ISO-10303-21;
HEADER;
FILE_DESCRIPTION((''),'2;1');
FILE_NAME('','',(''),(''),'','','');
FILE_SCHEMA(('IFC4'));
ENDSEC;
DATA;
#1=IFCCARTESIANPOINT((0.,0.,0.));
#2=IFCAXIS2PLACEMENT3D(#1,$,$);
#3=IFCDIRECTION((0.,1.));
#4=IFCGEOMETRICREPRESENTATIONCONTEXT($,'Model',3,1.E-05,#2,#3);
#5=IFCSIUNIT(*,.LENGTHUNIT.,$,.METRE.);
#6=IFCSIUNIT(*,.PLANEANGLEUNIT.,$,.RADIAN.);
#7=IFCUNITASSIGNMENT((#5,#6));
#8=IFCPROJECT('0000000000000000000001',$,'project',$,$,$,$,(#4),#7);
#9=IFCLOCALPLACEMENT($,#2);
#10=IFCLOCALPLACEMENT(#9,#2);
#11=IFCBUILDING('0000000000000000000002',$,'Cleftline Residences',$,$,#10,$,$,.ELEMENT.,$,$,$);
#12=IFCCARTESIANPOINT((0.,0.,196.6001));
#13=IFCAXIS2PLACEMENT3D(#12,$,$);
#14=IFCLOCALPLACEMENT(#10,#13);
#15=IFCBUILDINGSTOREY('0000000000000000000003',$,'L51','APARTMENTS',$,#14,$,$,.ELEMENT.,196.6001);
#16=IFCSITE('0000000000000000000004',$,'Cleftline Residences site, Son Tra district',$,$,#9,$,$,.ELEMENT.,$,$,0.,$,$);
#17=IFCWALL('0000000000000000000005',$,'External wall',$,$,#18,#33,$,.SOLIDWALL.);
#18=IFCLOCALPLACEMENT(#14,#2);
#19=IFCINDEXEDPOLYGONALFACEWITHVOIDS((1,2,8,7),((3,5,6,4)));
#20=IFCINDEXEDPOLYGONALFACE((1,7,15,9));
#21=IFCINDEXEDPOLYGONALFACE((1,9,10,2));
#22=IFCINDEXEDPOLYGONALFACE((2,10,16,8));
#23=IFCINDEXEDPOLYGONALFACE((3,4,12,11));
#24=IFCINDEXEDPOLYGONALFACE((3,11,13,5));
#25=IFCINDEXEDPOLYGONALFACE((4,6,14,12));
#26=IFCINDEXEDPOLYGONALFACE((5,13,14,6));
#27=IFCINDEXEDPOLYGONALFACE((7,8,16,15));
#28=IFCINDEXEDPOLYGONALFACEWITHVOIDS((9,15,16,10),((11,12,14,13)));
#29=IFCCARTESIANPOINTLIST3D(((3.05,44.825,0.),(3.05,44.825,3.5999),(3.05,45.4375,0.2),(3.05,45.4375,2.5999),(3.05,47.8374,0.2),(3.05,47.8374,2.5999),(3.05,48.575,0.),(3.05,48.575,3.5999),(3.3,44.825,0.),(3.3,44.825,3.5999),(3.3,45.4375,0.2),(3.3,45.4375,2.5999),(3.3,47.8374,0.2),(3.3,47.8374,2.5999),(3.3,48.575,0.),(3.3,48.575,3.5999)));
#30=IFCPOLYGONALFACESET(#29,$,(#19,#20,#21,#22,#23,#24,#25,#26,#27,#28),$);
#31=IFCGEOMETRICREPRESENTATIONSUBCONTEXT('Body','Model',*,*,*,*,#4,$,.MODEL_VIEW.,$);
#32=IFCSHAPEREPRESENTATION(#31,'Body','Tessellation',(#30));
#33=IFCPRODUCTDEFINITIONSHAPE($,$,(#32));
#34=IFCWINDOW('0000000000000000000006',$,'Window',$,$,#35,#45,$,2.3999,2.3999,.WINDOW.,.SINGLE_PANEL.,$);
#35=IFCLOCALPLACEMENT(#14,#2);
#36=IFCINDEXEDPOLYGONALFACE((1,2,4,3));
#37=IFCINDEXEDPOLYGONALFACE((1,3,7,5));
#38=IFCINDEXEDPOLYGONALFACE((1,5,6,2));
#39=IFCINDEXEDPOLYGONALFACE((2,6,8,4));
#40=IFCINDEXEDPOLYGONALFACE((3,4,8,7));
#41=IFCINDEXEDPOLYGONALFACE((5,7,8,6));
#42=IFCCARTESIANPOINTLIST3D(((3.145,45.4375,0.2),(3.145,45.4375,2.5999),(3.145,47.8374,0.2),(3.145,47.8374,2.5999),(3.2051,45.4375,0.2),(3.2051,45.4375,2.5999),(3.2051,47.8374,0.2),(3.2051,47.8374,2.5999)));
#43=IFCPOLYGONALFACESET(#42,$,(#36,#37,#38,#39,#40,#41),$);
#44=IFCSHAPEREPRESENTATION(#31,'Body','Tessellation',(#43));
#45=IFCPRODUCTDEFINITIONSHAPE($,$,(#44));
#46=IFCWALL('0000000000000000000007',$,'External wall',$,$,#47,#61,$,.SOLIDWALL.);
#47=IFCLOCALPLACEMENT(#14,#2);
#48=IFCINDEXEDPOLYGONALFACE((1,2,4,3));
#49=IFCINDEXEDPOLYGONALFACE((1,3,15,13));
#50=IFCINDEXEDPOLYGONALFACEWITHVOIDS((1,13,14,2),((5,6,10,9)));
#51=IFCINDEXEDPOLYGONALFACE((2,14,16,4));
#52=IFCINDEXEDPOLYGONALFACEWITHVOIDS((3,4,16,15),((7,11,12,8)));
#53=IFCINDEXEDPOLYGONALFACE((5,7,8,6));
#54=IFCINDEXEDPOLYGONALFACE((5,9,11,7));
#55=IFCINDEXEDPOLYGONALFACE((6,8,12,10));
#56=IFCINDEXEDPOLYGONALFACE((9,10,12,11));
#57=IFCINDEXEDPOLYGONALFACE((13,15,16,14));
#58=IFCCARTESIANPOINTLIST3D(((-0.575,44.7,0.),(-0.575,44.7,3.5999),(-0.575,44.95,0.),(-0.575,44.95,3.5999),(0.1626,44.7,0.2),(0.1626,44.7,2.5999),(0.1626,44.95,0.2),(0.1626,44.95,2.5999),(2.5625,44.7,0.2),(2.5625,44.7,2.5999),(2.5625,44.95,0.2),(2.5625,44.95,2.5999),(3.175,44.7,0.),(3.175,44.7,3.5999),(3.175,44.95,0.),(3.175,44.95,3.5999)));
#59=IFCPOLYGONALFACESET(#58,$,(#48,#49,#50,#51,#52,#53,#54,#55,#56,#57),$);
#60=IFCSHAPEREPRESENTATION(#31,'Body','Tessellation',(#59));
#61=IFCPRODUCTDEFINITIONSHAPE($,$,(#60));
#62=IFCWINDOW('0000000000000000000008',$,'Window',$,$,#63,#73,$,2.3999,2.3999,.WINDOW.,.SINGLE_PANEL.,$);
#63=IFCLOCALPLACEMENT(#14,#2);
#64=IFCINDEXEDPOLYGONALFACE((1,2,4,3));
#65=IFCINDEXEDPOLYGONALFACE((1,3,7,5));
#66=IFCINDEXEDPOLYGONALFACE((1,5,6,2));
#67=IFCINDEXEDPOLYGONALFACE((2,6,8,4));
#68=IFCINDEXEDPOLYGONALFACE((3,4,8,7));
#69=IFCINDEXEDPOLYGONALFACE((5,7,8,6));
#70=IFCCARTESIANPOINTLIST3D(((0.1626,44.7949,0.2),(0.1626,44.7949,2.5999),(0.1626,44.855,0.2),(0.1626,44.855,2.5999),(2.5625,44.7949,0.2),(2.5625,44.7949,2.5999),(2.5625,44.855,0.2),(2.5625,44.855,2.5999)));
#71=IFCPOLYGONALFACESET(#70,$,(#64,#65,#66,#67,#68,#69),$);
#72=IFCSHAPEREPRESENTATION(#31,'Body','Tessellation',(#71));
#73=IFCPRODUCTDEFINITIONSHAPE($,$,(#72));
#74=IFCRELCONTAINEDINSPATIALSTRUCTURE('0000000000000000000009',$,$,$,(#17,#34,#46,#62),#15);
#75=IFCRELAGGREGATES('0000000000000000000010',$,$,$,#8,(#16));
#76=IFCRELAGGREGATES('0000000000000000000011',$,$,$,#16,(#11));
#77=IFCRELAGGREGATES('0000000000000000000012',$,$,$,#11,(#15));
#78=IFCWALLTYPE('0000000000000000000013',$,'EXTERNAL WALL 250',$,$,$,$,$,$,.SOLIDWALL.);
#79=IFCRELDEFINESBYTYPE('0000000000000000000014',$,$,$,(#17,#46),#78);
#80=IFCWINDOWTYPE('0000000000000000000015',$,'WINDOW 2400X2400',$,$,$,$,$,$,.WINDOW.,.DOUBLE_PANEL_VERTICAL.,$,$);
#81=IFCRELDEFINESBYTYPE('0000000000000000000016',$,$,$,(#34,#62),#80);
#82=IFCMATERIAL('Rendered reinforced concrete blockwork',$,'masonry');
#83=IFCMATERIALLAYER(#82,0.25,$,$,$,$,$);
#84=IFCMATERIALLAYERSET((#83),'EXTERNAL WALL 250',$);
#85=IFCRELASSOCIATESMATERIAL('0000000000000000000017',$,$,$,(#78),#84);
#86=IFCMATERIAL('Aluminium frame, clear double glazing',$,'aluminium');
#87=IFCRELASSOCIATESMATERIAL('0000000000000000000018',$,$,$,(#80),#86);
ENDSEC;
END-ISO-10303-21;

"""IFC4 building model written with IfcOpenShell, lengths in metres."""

from ifc_helpers import new_model, si_unit, direction, frame, frame_2d, origin, place, context, subcontext, project, spatial, rectangle, extrude, material, layer, layer_set, type_object, element, fill, save


model = new_model("IFC4")

# Units and contexts
model_context = context("Model", 3, precision=1e-05, world=origin(), true_north=direction((0.0, 1.0)))
body_context = subcontext(model_context, "Body", "Model", "MODEL_VIEW")
ifc_project = project(units=[si_unit("LENGTHUNIT", "METRE"), si_unit("PLANEANGLEUNIT", "RADIAN")], contexts=[model_context])

# Site, building, storey
site_placement = place(None, origin())
site = spatial("IfcSite", under=ifc_project, at=site_placement, Name="Cleftline Residences site, Son Tra district", CompositionType="ELEMENT", RefElevation=0.0)
building_placement = place(site_placement, origin())
building = spatial("IfcBuilding", under=site, at=building_placement, Name="Cleftline Residences", CompositionType="ELEMENT")
storey_placement = place(building_placement, frame((0.0, 0.0, 196.6001)))
storey = spatial("IfcBuildingStorey", under=building, at=storey_placement, Name="L51", Description="APARTMENTS", CompositionType="ELEMENT", Elevation=196.6001)

# Walls, openings, windows
ifc_material_1 = material(Name="Rendered reinforced concrete blockwork", Category="masonry")
ifc_layer_1 = layer(ifc_material_1, 0.25)
ifc_layer_set_1 = layer_set([ifc_layer_1], Name="EXTERNAL WALL 250")
wall_type_1 = type_object("IfcWallType", Name="EXTERNAL WALL 250", PredefinedType="SOLIDWALL", material=ifc_layer_set_1)
wall_1_placement = place(storey_placement, frame((3.175, 48.575, 0.0), z_axis=(0.0, 0.0, 1.0), x_axis=(0.0, -1.0, 0.0)))
wall_1 = element("IfcWall", 1, at=wall_1_placement, inside=storey, type_object=wall_type_1, Name="External wall", PredefinedType="SOLIDWALL", context=body_context, shape_type="SweptSolid", body=[
    extrude(rectangle(XDim=3.75, YDim=0.25, at=frame_2d((1.875, 0.0))), origin(), (0.0, 0.0, 1.0), 3.5999),
])
opening_1_placement = place(wall_1_placement, frame((0.7375, 0.0, 0.2)))
opening_1 = element("IfcOpeningElement", 2, at=opening_1_placement, cuts=wall_1, PredefinedType="OPENING", context=body_context, shape_type="SweptSolid", body=[
    extrude(rectangle(XDim=2.3999, YDim=2.3999, at=frame_2d((1.2, 1.2))), frame((0.0, 0.135, 0.0), z_axis=(0.0, -1.0, 0.0), x_axis=(1.0, 0.0, 0.0)), (0.0, 0.0, 1.0), 0.27),
])
ifc_material_2 = material(Name="Aluminium frame, clear double glazing", Category="aluminium")
window_type_1 = type_object("IfcWindowType", Name="WINDOW 2400X2400", PartitioningType="DOUBLE_PANEL_VERTICAL", PredefinedType="WINDOW", material=ifc_material_2)
window_1_placement = place(opening_1_placement, origin())
window_1 = element("IfcWindow", 3, at=window_1_placement, inside=storey, type_object=window_type_1, Name="Window", OverallHeight=2.3999, OverallWidth=2.3999, PartitioningType="SINGLE_PANEL", PredefinedType="WINDOW", context=body_context, shape_type="SweptSolid", body=[
    extrude(rectangle(XDim=2.3999, YDim=2.3999, at=frame_2d((1.2, 1.2))), frame((0.0, 0.03, 0.0), z_axis=(0.0, -1.0, 0.0), x_axis=(1.0, 0.0, 0.0)), (0.0, 0.0, 1.0), 0.0601),
])
fill(opening_1, window_1)
wall_2_placement = place(storey_placement, frame((3.175, 44.825, 0.0), z_axis=(0.0, 0.0, 1.0), x_axis=(-1.0, 0.0, 0.0)))
wall_2 = element("IfcWall", 4, at=wall_2_placement, inside=storey, type_object=wall_type_1, Name="External wall", PredefinedType="SOLIDWALL", context=body_context, shape_type="SweptSolid", body=[
    extrude(rectangle(XDim=3.75, YDim=0.25, at=frame_2d((1.875, 0.0))), origin(), (0.0, 0.0, 1.0), 3.5999),
])
opening_2_placement = place(wall_2_placement, frame((0.6125, 0.0, 0.2)))
opening_2 = element("IfcOpeningElement", 5, at=opening_2_placement, cuts=wall_2, PredefinedType="OPENING", context=body_context, shape_type="SweptSolid", body=[
    extrude(rectangle(XDim=2.3999, YDim=2.3999, at=frame_2d((1.2, 1.2))), frame((0.0, 0.135, 0.0), z_axis=(0.0, -1.0, 0.0), x_axis=(1.0, 0.0, 0.0)), (0.0, 0.0, 1.0), 0.27),
])
window_2_placement = place(opening_2_placement, origin())
window_2 = element("IfcWindow", 6, at=window_2_placement, inside=storey, type_object=window_type_1, Name="Window", OverallHeight=2.3999, OverallWidth=2.3999, PartitioningType="SINGLE_PANEL", PredefinedType="WINDOW", context=body_context, shape_type="SweptSolid", body=[
    extrude(rectangle(XDim=2.3999, YDim=2.3999, at=frame_2d((1.2, 1.2))), frame((0.0, 0.03, 0.0), z_axis=(0.0, -1.0, 0.0), x_axis=(1.0, 0.0, 0.0)), (0.0, 0.0, 1.0), 0.0601),
])
fill(opening_2, window_2)

save(model, "model.ifc")
